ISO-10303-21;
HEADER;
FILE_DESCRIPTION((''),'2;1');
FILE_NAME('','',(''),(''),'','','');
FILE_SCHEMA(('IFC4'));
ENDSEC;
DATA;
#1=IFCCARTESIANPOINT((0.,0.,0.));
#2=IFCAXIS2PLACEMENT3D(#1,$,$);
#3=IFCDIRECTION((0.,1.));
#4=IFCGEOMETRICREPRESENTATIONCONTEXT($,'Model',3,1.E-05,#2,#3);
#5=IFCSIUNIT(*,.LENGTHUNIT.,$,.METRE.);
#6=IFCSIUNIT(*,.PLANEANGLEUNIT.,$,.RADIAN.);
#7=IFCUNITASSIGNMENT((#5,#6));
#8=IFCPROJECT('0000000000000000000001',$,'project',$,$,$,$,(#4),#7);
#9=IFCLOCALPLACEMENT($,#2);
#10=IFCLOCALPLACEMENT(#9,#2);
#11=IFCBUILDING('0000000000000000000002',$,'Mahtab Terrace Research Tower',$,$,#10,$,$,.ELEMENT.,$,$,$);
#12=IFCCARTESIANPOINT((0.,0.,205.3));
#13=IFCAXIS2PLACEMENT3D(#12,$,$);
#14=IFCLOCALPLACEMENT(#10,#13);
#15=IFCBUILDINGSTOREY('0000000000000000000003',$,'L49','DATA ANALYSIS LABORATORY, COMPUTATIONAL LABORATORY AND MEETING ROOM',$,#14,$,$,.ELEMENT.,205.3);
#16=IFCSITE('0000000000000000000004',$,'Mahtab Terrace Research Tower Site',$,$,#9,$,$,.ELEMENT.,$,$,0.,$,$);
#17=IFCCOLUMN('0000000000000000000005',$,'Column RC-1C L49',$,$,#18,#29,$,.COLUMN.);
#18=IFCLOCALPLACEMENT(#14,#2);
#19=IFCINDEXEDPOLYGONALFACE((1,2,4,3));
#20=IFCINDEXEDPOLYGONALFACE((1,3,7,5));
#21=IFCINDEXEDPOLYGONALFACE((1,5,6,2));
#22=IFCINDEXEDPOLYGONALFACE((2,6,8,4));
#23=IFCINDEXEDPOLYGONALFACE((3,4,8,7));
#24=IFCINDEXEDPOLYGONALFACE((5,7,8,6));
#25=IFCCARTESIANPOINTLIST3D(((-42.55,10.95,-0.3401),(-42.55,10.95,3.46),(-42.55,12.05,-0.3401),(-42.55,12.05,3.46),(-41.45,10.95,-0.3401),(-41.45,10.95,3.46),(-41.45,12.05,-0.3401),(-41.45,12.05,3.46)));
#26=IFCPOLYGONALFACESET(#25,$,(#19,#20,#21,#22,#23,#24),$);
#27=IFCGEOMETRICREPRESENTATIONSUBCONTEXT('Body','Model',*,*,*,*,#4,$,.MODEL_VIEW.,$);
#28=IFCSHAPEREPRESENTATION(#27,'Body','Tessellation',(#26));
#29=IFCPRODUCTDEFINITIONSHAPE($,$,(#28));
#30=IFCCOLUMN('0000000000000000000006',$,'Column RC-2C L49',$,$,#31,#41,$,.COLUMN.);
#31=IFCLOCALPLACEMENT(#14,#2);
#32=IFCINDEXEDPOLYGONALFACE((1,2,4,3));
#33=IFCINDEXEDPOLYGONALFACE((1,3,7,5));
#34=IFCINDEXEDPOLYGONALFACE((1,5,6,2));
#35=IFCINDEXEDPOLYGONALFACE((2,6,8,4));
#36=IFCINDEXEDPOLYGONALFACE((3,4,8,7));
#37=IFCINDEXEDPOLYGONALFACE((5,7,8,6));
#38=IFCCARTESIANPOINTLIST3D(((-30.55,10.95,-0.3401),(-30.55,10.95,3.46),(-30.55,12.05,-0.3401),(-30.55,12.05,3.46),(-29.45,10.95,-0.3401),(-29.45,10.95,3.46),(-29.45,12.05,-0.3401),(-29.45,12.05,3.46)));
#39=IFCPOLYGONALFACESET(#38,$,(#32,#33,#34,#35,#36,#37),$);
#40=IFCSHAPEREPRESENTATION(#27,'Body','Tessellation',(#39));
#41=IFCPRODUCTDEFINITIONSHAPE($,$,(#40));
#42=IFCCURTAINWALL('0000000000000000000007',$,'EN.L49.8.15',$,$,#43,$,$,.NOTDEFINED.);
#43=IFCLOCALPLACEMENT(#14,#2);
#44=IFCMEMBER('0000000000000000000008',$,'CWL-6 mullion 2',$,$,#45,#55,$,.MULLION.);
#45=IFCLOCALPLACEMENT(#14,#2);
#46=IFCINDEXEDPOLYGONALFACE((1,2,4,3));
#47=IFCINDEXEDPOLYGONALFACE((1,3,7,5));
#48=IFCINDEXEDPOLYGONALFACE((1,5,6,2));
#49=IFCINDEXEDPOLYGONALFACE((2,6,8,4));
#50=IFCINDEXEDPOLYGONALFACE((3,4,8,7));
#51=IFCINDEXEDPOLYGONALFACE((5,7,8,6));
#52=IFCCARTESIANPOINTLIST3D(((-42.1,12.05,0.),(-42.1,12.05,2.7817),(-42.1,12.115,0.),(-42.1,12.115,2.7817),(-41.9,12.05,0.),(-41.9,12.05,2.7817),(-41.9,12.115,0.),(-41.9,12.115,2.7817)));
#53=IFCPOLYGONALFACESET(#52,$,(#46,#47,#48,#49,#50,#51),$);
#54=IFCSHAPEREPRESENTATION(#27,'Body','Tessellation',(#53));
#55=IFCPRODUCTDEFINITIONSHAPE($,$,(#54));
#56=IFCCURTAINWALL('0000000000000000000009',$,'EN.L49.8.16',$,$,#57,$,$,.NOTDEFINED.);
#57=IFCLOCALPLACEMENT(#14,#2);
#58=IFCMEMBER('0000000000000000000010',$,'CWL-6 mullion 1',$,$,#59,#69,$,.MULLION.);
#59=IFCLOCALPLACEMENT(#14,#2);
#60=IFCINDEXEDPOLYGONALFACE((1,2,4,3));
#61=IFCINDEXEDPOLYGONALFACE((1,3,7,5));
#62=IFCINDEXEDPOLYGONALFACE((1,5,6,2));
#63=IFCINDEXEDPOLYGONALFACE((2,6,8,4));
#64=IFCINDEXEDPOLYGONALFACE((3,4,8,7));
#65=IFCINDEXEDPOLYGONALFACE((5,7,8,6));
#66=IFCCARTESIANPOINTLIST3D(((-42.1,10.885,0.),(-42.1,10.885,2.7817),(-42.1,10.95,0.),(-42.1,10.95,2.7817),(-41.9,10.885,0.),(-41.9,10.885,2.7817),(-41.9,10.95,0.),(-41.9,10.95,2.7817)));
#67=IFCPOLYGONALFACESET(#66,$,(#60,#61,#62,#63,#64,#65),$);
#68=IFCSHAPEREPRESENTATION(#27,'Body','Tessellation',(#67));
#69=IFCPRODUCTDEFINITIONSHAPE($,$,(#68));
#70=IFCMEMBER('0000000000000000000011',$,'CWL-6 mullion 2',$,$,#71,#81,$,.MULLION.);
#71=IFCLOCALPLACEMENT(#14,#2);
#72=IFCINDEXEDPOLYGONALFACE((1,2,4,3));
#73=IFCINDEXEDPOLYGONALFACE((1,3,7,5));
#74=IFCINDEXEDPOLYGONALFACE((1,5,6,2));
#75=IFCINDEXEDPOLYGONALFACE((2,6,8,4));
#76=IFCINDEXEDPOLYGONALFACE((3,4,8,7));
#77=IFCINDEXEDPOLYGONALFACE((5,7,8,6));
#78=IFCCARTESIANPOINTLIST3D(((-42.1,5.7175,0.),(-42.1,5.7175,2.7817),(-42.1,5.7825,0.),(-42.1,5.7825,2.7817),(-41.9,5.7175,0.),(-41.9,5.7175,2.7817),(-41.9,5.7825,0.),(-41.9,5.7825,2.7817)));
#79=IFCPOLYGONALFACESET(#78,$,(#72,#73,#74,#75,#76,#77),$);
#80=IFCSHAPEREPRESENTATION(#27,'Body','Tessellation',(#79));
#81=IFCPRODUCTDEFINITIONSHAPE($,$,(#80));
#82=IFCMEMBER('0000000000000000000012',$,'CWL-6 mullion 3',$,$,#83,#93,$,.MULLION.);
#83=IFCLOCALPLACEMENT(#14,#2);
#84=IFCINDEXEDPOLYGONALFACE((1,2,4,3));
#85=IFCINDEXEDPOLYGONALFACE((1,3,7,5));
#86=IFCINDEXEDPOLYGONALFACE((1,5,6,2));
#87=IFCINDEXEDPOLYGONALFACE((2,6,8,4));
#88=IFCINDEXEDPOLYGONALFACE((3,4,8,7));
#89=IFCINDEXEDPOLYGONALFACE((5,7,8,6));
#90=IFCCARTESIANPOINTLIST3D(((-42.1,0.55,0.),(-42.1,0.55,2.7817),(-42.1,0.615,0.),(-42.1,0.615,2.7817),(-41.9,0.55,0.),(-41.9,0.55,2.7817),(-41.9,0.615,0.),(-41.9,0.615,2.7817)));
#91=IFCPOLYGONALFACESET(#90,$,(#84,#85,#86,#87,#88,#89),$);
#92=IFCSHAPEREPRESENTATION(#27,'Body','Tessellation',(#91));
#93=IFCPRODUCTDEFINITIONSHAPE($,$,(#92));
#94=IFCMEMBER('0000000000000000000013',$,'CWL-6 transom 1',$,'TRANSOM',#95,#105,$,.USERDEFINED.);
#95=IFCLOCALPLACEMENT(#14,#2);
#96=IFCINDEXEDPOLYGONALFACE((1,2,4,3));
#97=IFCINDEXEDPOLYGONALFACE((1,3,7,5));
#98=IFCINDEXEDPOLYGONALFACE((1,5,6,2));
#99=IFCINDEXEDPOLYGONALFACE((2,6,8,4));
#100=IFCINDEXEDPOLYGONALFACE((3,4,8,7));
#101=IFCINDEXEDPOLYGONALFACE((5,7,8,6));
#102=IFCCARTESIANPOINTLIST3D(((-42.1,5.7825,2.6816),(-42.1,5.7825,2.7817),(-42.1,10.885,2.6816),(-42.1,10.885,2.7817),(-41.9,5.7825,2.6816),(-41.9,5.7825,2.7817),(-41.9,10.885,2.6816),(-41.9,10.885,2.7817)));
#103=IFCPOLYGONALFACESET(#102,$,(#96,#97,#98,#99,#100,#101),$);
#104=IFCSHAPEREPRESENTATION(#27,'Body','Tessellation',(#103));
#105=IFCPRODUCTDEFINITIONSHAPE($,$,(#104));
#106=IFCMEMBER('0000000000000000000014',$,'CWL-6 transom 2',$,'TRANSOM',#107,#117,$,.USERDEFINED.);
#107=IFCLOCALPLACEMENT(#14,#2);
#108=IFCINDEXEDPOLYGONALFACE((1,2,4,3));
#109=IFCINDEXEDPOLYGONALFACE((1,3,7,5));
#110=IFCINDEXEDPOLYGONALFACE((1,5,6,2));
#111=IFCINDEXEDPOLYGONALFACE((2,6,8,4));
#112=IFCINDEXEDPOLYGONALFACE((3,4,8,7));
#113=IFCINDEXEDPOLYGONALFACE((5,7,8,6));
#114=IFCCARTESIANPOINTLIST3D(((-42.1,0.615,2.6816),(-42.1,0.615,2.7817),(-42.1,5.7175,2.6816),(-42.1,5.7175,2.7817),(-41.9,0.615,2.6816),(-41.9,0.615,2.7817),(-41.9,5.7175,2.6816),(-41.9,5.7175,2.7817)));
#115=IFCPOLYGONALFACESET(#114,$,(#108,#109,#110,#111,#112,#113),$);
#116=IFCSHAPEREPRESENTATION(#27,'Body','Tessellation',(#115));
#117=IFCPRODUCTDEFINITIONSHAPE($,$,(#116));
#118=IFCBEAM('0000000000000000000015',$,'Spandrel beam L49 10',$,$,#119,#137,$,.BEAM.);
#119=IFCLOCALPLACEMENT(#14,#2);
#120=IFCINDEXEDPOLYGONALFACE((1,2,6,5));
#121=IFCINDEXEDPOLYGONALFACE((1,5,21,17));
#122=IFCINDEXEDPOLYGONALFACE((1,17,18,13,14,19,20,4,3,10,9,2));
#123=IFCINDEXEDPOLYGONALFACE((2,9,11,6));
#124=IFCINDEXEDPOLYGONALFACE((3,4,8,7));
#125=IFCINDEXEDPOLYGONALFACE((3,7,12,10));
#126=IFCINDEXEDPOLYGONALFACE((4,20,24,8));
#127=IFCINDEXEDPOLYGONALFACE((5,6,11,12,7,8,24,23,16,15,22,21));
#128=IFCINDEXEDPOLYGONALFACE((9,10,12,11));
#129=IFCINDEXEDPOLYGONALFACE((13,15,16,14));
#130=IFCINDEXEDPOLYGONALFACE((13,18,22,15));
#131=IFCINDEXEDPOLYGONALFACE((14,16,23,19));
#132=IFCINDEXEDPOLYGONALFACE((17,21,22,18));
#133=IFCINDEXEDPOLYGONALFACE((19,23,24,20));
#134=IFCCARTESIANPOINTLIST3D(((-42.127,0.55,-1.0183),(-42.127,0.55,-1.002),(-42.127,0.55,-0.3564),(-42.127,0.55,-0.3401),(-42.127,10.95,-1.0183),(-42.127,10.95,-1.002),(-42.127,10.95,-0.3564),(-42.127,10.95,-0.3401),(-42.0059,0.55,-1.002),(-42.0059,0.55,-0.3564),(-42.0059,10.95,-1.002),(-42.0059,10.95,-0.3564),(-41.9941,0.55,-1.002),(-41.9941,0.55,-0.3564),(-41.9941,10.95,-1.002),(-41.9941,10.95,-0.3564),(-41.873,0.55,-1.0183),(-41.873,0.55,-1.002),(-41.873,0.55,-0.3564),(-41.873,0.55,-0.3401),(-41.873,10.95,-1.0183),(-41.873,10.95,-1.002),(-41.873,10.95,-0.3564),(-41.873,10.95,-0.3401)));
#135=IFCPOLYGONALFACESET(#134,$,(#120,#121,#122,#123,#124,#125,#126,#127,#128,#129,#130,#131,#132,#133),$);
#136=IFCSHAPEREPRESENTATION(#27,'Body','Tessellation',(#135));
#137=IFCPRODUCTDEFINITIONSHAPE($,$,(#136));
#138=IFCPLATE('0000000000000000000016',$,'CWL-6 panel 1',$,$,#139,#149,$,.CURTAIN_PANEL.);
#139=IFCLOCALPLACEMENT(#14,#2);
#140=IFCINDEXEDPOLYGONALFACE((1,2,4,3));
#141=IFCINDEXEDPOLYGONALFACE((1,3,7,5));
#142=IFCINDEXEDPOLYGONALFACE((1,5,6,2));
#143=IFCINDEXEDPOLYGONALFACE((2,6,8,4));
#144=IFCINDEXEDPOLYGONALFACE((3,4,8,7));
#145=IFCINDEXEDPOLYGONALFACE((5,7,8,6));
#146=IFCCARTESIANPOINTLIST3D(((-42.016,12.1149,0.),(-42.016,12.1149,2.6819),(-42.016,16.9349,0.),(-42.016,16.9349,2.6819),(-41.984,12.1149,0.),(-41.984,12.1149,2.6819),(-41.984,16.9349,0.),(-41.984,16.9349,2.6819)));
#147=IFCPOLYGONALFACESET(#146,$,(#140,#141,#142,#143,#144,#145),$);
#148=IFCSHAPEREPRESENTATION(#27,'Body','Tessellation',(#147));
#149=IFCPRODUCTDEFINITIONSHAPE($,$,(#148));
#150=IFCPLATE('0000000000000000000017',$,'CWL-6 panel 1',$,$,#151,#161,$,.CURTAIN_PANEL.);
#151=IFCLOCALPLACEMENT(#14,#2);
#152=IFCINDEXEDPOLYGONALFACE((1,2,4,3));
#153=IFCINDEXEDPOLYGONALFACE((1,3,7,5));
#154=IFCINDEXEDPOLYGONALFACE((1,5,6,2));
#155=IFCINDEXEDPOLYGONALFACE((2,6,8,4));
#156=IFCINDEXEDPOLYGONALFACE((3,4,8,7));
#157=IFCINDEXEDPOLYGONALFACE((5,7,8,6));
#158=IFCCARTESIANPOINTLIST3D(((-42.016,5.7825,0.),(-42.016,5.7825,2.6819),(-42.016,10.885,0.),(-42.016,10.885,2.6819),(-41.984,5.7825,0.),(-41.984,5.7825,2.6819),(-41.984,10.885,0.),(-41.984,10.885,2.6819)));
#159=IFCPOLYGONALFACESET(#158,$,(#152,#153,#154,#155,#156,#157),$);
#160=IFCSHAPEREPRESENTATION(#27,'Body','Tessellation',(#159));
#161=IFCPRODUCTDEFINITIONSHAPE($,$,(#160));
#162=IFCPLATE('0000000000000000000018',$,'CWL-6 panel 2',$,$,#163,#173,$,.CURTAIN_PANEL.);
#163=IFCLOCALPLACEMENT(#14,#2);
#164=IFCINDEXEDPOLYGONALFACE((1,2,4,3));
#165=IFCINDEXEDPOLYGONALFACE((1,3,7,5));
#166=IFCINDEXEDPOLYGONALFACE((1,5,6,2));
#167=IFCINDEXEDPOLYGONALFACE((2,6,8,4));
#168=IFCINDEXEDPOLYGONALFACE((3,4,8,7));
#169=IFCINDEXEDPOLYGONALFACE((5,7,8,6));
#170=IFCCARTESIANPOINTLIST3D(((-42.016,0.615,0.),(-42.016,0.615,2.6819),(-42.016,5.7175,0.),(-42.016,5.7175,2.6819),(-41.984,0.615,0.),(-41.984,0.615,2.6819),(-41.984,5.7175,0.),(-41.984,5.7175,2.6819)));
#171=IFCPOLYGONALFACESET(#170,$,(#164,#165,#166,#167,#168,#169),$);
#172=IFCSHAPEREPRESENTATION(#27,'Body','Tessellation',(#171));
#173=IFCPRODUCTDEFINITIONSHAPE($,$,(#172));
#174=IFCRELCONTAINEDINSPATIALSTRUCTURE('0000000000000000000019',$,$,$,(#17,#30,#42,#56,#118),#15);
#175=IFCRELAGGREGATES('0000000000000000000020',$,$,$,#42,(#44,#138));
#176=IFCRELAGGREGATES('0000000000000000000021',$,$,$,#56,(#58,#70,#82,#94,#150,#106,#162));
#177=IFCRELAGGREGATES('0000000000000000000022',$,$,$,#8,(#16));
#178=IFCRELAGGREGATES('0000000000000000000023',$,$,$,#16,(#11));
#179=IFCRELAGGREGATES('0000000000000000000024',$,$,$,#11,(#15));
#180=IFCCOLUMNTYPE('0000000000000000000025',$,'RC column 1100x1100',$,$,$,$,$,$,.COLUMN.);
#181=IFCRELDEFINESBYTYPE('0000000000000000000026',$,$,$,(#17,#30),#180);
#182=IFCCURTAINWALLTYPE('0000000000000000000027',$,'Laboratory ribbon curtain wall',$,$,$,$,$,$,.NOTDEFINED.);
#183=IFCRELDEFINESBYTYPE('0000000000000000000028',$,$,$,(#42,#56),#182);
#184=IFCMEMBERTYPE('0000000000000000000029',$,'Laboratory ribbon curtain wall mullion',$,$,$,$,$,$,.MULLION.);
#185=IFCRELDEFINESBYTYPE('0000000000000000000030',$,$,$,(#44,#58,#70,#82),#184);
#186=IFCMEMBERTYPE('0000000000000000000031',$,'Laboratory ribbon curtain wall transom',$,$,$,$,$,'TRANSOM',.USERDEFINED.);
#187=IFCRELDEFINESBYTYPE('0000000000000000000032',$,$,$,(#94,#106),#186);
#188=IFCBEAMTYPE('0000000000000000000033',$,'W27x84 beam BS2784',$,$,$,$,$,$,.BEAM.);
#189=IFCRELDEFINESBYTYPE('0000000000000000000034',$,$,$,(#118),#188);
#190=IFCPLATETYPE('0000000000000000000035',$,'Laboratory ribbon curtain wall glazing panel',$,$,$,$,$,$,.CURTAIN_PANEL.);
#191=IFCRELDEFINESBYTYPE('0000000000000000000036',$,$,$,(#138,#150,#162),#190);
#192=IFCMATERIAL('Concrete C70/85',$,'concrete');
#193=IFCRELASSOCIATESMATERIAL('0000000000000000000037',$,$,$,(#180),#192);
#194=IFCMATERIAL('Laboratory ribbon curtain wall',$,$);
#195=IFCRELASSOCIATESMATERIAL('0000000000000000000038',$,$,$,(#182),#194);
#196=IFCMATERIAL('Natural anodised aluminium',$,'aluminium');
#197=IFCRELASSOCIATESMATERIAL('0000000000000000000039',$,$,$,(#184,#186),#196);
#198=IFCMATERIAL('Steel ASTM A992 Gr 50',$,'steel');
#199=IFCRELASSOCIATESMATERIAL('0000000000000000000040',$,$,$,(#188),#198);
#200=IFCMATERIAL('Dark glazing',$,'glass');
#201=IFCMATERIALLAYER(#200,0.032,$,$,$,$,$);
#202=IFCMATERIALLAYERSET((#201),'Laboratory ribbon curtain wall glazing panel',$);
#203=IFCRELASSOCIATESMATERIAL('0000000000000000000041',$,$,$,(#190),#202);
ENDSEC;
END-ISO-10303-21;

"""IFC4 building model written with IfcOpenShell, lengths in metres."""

from ifc_helpers import new_model, si_unit, direction, frame, origin, origin_2d, place, context, subcontext, project, spatial, rectangle, i_section, extrude, material, layer, layer_set, material_profile, profile_set, type_object, element, aggregate, save


model = new_model("IFC4")

# Units and contexts
model_context = context("Model", 3, precision=1e-05, world=origin(), true_north=direction((0.0, 1.0)))
body_context = subcontext(model_context, "Body", "Model", "MODEL_VIEW")
ifc_project = project(units=[si_unit("LENGTHUNIT", "METRE"), si_unit("PLANEANGLEUNIT", "RADIAN")], contexts=[model_context])

# Site, building, storey
site_placement = place(None, origin())
site = spatial("IfcSite", under=ifc_project, at=site_placement, Name="Mahtab Terrace Research Tower Site", CompositionType="ELEMENT", RefElevation=0.0)
building_placement = place(site_placement, origin())
building = spatial("IfcBuilding", under=site, at=building_placement, Name="Mahtab Terrace Research Tower", CompositionType="ELEMENT")
storey_placement = place(building_placement, frame((0.0, 0.0, 205.3)))
storey = spatial("IfcBuildingStorey", under=building, at=storey_placement, Name="L49", Description="DATA ANALYSIS LABORATORY, COMPUTATIONAL LABORATORY AND MEETING ROOM", CompositionType="ELEMENT", Elevation=205.3)

# Columns
ifc_material_1 = material(Name="Concrete C70/85", Category="concrete")
ifc_material_profile_1 = material_profile(ifc_material_1, rectangle(XDim=1.1001, YDim=1.1001, at=origin_2d()), Name="RC column 1100x1100")
ifc_profile_set_1 = profile_set([ifc_material_profile_1], Name="Concrete C70/85")
column_type = type_object("IfcColumnType", Name="RC column 1100x1100", PredefinedType="COLUMN", material=ifc_profile_set_1)
for number, where, z_axis, x_axis, name in (
    (1, (-42.0, 11.5, -0.3401), (0.0, 0.0, 1.0), (1.0, 0.0, 0.0), "Column RC-1C L49"),
    (2, (-30.0, 11.5, -0.3401), (0.0, 0.0, 1.0), (1.0, 0.0, 0.0), "Column RC-2C L49"),
):
    element("IfcColumn", number, at=place(storey_placement, frame(where, z_axis=z_axis, x_axis=x_axis)), inside=storey, type_object=column_type, Name=name, PredefinedType="COLUMN", context=body_context, shape_type="SweptSolid", body=[
        extrude(rectangle(XDim=1.1001, YDim=1.1001, at=origin_2d()), origin(), (0.0, 0.0, 1.0), 3.8),
    ])

# Curtain wall, member
ifc_material_2 = material(Name="Laboratory ribbon curtain wall")
curtain_wall_type = type_object("IfcCurtainWallType", Name="Laboratory ribbon curtain wall", PredefinedType="NOTDEFINED", material=ifc_material_2)
curtain_wall_1_placement = place(storey_placement, origin())
curtain_wall_1 = element("IfcCurtainWall", 3, at=curtain_wall_1_placement, inside=storey, type_object=curtain_wall_type, Name="EN.L49.8.15", PredefinedType="NOTDEFINED")
ifc_material_3 = material(Name="Natural anodised aluminium", Category="aluminium")
ifc_material_profile_2 = material_profile(ifc_material_3, rectangle(XDim=0.2, YDim=0.0649, at=origin_2d()), Name="MULLION 65x200")
ifc_profile_set_2 = profile_set([ifc_material_profile_2], Name="Natural anodised aluminium")
member_type_1 = type_object("IfcMemberType", Name="Laboratory ribbon curtain wall mullion", PredefinedType="MULLION", material=ifc_profile_set_2)
member_1_placement = place(storey_placement, frame((-42.0, 12.0825, 0.0), z_axis=(0.0, 0.0, 1.0), x_axis=(1.0, 0.0, 0.0)))
member_1 = element("IfcMember", 4, at=member_1_placement, type_object=member_type_1, Name="CWL-6 mullion 2", PredefinedType="MULLION", context=body_context, shape_type="SweptSolid", body=[
    extrude(rectangle(XDim=0.2, YDim=0.0649, at=origin_2d()), origin(), (0.0, 0.0, 1.0), 2.7817),
])

# Curtain wall, members
curtain_wall_2_placement = place(storey_placement, origin())
curtain_wall_2 = element("IfcCurtainWall", 5, at=curtain_wall_2_placement, inside=storey, type_object=curtain_wall_type, Name="EN.L49.8.16", PredefinedType="NOTDEFINED")
member_2_placement = place(storey_placement, frame((-42.0, 10.9175, 0.0), z_axis=(0.0, 0.0, 1.0), x_axis=(1.0, 0.0, 0.0)))
member_2 = element("IfcMember", 6, at=member_2_placement, type_object=member_type_1, Name="CWL-6 mullion 1", PredefinedType="MULLION", context=body_context, shape_type="SweptSolid", body=[
    extrude(rectangle(XDim=0.2, YDim=0.0649, at=origin_2d()), origin(), (0.0, 0.0, 1.0), 2.7817),
])
member_3_placement = place(storey_placement, frame((-42.0, 5.75, 0.0), z_axis=(0.0, 0.0, 1.0), x_axis=(1.0, 0.0, 0.0)))
member_3 = element("IfcMember", 7, at=member_3_placement, type_object=member_type_1, Name="CWL-6 mullion 2", PredefinedType="MULLION", context=body_context, shape_type="SweptSolid", body=[
    extrude(rectangle(XDim=0.2, YDim=0.0649, at=origin_2d()), origin(), (0.0, 0.0, 1.0), 2.7817),
])
member_4_placement = place(storey_placement, frame((-42.0, 0.5825, 0.0), z_axis=(0.0, 0.0, 1.0), x_axis=(1.0, 0.0, 0.0)))
member_4 = element("IfcMember", 8, at=member_4_placement, type_object=member_type_1, Name="CWL-6 mullion 3", PredefinedType="MULLION", context=body_context, shape_type="SweptSolid", body=[
    extrude(rectangle(XDim=0.2, YDim=0.0649, at=origin_2d()), origin(), (0.0, 0.0, 1.0), 2.7817),
])
ifc_material_profile_3 = material_profile(ifc_material_3, rectangle(XDim=0.2, YDim=0.1001, at=origin_2d()), Name="TRANSOM 100x200")
ifc_profile_set_3 = profile_set([ifc_material_profile_3], Name="Natural anodised aluminium")
member_type_2 = type_object("IfcMemberType", Name="Laboratory ribbon curtain wall transom", ElementType="TRANSOM", PredefinedType="USERDEFINED", material=ifc_profile_set_3)
member_5_placement = place(storey_placement, frame((-42.0, 10.885, 2.7317), z_axis=(0.0, -1.0, 0.0), x_axis=(1.0, 0.0, 0.0)))
member_5 = element("IfcMember", 9, at=member_5_placement, type_object=member_type_2, Name="CWL-6 transom 1", ObjectType="TRANSOM", PredefinedType="USERDEFINED", context=body_context, shape_type="SweptSolid", body=[
    extrude(rectangle(XDim=0.2, YDim=0.1001, at=origin_2d()), origin(), (0.0, 0.0, 1.0), 5.1025),
])
member_6_placement = place(storey_placement, frame((-42.0, 5.7175, 2.7317), z_axis=(0.0, -1.0, 0.0), x_axis=(1.0, 0.0, 0.0)))
member_6 = element("IfcMember", 10, at=member_6_placement, type_object=member_type_2, Name="CWL-6 transom 2", ObjectType="TRANSOM", PredefinedType="USERDEFINED", context=body_context, shape_type="SweptSolid", body=[
    extrude(rectangle(XDim=0.2, YDim=0.1001, at=origin_2d()), origin(), (0.0, 0.0, 1.0), 5.1025),
])

# Beam
ifc_material_4 = material(Name="Steel ASTM A992 Gr 50", Category="steel")
ifc_material_profile_4 = material_profile(ifc_material_4, i_section(OverallWidth=0.2539, OverallDepth=0.6782, WebThickness=0.0117, FlangeThickness=0.0164, at=origin_2d()), Name="W27X84")
ifc_profile_set_4 = profile_set([ifc_material_profile_4], Name="Steel ASTM A992 Gr 50")
beam_type = type_object("IfcBeamType", Name="W27x84 beam BS2784", PredefinedType="BEAM", material=ifc_profile_set_4)
beam_placement = place(storey_placement, frame((-42.0, 10.95, -0.6792), z_axis=(0.0, -1.0, 0.0), x_axis=(1.0, 0.0, 0.0)))
element("IfcBeam", 11, at=beam_placement, inside=storey, type_object=beam_type, Name="Spandrel beam L49 10", PredefinedType="BEAM", context=body_context, shape_type="SweptSolid", body=[
    extrude(i_section(OverallWidth=0.2539, OverallDepth=0.6782, WebThickness=0.0117, FlangeThickness=0.0164, at=origin_2d()), origin(), (0.0, 0.0, 1.0), 10.3999),
])

# Plates
ifc_material_5 = material(Name="Dark glazing", Category="glass")
ifc_layer = layer(ifc_material_5, 0.032)
ifc_layer_set = layer_set([ifc_layer], Name="Laboratory ribbon curtain wall glazing panel")
plate_type = type_object("IfcPlateType", Name="Laboratory ribbon curtain wall glazing panel", PredefinedType="CURTAIN_PANEL", material=ifc_layer_set)
plate_1_placement = place(storey_placement, frame((-42.0, 14.5249, 0.0), z_axis=(0.0, 0.0, 1.0), x_axis=(0.0, -1.0, 0.0)))
plate_1 = element("IfcPlate", 12, at=plate_1_placement, type_object=plate_type, Name="CWL-6 panel 1", PredefinedType="CURTAIN_PANEL", context=body_context, shape_type="SweptSolid", body=[
    extrude(rectangle(XDim=4.8201, YDim=0.032, at=origin_2d()), origin(), (0.0, 0.0, 1.0), 2.6819),
])
aggregate(curtain_wall_1, [member_1, plate_1])
plate_2_placement = place(storey_placement, frame((-42.0, 8.3337, 0.0), z_axis=(0.0, 0.0, 1.0), x_axis=(0.0, -1.0, 0.0)))
plate_2 = element("IfcPlate", 13, at=plate_2_placement, type_object=plate_type, Name="CWL-6 panel 1", PredefinedType="CURTAIN_PANEL", context=body_context, shape_type="SweptSolid", body=[
    extrude(rectangle(XDim=5.1025, YDim=0.032, at=origin_2d()), origin(), (0.0, 0.0, 1.0), 2.6819),
])
plate_3_placement = place(storey_placement, frame((-42.0, 3.1663, 0.0), z_axis=(0.0, 0.0, 1.0), x_axis=(0.0, -1.0, 0.0)))
plate_3 = element("IfcPlate", 14, at=plate_3_placement, type_object=plate_type, Name="CWL-6 panel 2", PredefinedType="CURTAIN_PANEL", context=body_context, shape_type="SweptSolid", body=[
    extrude(rectangle(XDim=5.1025, YDim=0.032, at=origin_2d()), origin(), (0.0, 0.0, 1.0), 2.6819),
])
aggregate(curtain_wall_2, [member_2, member_3, member_4, member_5, plate_2, member_6, plate_3])

save(model, "model.ifc")
